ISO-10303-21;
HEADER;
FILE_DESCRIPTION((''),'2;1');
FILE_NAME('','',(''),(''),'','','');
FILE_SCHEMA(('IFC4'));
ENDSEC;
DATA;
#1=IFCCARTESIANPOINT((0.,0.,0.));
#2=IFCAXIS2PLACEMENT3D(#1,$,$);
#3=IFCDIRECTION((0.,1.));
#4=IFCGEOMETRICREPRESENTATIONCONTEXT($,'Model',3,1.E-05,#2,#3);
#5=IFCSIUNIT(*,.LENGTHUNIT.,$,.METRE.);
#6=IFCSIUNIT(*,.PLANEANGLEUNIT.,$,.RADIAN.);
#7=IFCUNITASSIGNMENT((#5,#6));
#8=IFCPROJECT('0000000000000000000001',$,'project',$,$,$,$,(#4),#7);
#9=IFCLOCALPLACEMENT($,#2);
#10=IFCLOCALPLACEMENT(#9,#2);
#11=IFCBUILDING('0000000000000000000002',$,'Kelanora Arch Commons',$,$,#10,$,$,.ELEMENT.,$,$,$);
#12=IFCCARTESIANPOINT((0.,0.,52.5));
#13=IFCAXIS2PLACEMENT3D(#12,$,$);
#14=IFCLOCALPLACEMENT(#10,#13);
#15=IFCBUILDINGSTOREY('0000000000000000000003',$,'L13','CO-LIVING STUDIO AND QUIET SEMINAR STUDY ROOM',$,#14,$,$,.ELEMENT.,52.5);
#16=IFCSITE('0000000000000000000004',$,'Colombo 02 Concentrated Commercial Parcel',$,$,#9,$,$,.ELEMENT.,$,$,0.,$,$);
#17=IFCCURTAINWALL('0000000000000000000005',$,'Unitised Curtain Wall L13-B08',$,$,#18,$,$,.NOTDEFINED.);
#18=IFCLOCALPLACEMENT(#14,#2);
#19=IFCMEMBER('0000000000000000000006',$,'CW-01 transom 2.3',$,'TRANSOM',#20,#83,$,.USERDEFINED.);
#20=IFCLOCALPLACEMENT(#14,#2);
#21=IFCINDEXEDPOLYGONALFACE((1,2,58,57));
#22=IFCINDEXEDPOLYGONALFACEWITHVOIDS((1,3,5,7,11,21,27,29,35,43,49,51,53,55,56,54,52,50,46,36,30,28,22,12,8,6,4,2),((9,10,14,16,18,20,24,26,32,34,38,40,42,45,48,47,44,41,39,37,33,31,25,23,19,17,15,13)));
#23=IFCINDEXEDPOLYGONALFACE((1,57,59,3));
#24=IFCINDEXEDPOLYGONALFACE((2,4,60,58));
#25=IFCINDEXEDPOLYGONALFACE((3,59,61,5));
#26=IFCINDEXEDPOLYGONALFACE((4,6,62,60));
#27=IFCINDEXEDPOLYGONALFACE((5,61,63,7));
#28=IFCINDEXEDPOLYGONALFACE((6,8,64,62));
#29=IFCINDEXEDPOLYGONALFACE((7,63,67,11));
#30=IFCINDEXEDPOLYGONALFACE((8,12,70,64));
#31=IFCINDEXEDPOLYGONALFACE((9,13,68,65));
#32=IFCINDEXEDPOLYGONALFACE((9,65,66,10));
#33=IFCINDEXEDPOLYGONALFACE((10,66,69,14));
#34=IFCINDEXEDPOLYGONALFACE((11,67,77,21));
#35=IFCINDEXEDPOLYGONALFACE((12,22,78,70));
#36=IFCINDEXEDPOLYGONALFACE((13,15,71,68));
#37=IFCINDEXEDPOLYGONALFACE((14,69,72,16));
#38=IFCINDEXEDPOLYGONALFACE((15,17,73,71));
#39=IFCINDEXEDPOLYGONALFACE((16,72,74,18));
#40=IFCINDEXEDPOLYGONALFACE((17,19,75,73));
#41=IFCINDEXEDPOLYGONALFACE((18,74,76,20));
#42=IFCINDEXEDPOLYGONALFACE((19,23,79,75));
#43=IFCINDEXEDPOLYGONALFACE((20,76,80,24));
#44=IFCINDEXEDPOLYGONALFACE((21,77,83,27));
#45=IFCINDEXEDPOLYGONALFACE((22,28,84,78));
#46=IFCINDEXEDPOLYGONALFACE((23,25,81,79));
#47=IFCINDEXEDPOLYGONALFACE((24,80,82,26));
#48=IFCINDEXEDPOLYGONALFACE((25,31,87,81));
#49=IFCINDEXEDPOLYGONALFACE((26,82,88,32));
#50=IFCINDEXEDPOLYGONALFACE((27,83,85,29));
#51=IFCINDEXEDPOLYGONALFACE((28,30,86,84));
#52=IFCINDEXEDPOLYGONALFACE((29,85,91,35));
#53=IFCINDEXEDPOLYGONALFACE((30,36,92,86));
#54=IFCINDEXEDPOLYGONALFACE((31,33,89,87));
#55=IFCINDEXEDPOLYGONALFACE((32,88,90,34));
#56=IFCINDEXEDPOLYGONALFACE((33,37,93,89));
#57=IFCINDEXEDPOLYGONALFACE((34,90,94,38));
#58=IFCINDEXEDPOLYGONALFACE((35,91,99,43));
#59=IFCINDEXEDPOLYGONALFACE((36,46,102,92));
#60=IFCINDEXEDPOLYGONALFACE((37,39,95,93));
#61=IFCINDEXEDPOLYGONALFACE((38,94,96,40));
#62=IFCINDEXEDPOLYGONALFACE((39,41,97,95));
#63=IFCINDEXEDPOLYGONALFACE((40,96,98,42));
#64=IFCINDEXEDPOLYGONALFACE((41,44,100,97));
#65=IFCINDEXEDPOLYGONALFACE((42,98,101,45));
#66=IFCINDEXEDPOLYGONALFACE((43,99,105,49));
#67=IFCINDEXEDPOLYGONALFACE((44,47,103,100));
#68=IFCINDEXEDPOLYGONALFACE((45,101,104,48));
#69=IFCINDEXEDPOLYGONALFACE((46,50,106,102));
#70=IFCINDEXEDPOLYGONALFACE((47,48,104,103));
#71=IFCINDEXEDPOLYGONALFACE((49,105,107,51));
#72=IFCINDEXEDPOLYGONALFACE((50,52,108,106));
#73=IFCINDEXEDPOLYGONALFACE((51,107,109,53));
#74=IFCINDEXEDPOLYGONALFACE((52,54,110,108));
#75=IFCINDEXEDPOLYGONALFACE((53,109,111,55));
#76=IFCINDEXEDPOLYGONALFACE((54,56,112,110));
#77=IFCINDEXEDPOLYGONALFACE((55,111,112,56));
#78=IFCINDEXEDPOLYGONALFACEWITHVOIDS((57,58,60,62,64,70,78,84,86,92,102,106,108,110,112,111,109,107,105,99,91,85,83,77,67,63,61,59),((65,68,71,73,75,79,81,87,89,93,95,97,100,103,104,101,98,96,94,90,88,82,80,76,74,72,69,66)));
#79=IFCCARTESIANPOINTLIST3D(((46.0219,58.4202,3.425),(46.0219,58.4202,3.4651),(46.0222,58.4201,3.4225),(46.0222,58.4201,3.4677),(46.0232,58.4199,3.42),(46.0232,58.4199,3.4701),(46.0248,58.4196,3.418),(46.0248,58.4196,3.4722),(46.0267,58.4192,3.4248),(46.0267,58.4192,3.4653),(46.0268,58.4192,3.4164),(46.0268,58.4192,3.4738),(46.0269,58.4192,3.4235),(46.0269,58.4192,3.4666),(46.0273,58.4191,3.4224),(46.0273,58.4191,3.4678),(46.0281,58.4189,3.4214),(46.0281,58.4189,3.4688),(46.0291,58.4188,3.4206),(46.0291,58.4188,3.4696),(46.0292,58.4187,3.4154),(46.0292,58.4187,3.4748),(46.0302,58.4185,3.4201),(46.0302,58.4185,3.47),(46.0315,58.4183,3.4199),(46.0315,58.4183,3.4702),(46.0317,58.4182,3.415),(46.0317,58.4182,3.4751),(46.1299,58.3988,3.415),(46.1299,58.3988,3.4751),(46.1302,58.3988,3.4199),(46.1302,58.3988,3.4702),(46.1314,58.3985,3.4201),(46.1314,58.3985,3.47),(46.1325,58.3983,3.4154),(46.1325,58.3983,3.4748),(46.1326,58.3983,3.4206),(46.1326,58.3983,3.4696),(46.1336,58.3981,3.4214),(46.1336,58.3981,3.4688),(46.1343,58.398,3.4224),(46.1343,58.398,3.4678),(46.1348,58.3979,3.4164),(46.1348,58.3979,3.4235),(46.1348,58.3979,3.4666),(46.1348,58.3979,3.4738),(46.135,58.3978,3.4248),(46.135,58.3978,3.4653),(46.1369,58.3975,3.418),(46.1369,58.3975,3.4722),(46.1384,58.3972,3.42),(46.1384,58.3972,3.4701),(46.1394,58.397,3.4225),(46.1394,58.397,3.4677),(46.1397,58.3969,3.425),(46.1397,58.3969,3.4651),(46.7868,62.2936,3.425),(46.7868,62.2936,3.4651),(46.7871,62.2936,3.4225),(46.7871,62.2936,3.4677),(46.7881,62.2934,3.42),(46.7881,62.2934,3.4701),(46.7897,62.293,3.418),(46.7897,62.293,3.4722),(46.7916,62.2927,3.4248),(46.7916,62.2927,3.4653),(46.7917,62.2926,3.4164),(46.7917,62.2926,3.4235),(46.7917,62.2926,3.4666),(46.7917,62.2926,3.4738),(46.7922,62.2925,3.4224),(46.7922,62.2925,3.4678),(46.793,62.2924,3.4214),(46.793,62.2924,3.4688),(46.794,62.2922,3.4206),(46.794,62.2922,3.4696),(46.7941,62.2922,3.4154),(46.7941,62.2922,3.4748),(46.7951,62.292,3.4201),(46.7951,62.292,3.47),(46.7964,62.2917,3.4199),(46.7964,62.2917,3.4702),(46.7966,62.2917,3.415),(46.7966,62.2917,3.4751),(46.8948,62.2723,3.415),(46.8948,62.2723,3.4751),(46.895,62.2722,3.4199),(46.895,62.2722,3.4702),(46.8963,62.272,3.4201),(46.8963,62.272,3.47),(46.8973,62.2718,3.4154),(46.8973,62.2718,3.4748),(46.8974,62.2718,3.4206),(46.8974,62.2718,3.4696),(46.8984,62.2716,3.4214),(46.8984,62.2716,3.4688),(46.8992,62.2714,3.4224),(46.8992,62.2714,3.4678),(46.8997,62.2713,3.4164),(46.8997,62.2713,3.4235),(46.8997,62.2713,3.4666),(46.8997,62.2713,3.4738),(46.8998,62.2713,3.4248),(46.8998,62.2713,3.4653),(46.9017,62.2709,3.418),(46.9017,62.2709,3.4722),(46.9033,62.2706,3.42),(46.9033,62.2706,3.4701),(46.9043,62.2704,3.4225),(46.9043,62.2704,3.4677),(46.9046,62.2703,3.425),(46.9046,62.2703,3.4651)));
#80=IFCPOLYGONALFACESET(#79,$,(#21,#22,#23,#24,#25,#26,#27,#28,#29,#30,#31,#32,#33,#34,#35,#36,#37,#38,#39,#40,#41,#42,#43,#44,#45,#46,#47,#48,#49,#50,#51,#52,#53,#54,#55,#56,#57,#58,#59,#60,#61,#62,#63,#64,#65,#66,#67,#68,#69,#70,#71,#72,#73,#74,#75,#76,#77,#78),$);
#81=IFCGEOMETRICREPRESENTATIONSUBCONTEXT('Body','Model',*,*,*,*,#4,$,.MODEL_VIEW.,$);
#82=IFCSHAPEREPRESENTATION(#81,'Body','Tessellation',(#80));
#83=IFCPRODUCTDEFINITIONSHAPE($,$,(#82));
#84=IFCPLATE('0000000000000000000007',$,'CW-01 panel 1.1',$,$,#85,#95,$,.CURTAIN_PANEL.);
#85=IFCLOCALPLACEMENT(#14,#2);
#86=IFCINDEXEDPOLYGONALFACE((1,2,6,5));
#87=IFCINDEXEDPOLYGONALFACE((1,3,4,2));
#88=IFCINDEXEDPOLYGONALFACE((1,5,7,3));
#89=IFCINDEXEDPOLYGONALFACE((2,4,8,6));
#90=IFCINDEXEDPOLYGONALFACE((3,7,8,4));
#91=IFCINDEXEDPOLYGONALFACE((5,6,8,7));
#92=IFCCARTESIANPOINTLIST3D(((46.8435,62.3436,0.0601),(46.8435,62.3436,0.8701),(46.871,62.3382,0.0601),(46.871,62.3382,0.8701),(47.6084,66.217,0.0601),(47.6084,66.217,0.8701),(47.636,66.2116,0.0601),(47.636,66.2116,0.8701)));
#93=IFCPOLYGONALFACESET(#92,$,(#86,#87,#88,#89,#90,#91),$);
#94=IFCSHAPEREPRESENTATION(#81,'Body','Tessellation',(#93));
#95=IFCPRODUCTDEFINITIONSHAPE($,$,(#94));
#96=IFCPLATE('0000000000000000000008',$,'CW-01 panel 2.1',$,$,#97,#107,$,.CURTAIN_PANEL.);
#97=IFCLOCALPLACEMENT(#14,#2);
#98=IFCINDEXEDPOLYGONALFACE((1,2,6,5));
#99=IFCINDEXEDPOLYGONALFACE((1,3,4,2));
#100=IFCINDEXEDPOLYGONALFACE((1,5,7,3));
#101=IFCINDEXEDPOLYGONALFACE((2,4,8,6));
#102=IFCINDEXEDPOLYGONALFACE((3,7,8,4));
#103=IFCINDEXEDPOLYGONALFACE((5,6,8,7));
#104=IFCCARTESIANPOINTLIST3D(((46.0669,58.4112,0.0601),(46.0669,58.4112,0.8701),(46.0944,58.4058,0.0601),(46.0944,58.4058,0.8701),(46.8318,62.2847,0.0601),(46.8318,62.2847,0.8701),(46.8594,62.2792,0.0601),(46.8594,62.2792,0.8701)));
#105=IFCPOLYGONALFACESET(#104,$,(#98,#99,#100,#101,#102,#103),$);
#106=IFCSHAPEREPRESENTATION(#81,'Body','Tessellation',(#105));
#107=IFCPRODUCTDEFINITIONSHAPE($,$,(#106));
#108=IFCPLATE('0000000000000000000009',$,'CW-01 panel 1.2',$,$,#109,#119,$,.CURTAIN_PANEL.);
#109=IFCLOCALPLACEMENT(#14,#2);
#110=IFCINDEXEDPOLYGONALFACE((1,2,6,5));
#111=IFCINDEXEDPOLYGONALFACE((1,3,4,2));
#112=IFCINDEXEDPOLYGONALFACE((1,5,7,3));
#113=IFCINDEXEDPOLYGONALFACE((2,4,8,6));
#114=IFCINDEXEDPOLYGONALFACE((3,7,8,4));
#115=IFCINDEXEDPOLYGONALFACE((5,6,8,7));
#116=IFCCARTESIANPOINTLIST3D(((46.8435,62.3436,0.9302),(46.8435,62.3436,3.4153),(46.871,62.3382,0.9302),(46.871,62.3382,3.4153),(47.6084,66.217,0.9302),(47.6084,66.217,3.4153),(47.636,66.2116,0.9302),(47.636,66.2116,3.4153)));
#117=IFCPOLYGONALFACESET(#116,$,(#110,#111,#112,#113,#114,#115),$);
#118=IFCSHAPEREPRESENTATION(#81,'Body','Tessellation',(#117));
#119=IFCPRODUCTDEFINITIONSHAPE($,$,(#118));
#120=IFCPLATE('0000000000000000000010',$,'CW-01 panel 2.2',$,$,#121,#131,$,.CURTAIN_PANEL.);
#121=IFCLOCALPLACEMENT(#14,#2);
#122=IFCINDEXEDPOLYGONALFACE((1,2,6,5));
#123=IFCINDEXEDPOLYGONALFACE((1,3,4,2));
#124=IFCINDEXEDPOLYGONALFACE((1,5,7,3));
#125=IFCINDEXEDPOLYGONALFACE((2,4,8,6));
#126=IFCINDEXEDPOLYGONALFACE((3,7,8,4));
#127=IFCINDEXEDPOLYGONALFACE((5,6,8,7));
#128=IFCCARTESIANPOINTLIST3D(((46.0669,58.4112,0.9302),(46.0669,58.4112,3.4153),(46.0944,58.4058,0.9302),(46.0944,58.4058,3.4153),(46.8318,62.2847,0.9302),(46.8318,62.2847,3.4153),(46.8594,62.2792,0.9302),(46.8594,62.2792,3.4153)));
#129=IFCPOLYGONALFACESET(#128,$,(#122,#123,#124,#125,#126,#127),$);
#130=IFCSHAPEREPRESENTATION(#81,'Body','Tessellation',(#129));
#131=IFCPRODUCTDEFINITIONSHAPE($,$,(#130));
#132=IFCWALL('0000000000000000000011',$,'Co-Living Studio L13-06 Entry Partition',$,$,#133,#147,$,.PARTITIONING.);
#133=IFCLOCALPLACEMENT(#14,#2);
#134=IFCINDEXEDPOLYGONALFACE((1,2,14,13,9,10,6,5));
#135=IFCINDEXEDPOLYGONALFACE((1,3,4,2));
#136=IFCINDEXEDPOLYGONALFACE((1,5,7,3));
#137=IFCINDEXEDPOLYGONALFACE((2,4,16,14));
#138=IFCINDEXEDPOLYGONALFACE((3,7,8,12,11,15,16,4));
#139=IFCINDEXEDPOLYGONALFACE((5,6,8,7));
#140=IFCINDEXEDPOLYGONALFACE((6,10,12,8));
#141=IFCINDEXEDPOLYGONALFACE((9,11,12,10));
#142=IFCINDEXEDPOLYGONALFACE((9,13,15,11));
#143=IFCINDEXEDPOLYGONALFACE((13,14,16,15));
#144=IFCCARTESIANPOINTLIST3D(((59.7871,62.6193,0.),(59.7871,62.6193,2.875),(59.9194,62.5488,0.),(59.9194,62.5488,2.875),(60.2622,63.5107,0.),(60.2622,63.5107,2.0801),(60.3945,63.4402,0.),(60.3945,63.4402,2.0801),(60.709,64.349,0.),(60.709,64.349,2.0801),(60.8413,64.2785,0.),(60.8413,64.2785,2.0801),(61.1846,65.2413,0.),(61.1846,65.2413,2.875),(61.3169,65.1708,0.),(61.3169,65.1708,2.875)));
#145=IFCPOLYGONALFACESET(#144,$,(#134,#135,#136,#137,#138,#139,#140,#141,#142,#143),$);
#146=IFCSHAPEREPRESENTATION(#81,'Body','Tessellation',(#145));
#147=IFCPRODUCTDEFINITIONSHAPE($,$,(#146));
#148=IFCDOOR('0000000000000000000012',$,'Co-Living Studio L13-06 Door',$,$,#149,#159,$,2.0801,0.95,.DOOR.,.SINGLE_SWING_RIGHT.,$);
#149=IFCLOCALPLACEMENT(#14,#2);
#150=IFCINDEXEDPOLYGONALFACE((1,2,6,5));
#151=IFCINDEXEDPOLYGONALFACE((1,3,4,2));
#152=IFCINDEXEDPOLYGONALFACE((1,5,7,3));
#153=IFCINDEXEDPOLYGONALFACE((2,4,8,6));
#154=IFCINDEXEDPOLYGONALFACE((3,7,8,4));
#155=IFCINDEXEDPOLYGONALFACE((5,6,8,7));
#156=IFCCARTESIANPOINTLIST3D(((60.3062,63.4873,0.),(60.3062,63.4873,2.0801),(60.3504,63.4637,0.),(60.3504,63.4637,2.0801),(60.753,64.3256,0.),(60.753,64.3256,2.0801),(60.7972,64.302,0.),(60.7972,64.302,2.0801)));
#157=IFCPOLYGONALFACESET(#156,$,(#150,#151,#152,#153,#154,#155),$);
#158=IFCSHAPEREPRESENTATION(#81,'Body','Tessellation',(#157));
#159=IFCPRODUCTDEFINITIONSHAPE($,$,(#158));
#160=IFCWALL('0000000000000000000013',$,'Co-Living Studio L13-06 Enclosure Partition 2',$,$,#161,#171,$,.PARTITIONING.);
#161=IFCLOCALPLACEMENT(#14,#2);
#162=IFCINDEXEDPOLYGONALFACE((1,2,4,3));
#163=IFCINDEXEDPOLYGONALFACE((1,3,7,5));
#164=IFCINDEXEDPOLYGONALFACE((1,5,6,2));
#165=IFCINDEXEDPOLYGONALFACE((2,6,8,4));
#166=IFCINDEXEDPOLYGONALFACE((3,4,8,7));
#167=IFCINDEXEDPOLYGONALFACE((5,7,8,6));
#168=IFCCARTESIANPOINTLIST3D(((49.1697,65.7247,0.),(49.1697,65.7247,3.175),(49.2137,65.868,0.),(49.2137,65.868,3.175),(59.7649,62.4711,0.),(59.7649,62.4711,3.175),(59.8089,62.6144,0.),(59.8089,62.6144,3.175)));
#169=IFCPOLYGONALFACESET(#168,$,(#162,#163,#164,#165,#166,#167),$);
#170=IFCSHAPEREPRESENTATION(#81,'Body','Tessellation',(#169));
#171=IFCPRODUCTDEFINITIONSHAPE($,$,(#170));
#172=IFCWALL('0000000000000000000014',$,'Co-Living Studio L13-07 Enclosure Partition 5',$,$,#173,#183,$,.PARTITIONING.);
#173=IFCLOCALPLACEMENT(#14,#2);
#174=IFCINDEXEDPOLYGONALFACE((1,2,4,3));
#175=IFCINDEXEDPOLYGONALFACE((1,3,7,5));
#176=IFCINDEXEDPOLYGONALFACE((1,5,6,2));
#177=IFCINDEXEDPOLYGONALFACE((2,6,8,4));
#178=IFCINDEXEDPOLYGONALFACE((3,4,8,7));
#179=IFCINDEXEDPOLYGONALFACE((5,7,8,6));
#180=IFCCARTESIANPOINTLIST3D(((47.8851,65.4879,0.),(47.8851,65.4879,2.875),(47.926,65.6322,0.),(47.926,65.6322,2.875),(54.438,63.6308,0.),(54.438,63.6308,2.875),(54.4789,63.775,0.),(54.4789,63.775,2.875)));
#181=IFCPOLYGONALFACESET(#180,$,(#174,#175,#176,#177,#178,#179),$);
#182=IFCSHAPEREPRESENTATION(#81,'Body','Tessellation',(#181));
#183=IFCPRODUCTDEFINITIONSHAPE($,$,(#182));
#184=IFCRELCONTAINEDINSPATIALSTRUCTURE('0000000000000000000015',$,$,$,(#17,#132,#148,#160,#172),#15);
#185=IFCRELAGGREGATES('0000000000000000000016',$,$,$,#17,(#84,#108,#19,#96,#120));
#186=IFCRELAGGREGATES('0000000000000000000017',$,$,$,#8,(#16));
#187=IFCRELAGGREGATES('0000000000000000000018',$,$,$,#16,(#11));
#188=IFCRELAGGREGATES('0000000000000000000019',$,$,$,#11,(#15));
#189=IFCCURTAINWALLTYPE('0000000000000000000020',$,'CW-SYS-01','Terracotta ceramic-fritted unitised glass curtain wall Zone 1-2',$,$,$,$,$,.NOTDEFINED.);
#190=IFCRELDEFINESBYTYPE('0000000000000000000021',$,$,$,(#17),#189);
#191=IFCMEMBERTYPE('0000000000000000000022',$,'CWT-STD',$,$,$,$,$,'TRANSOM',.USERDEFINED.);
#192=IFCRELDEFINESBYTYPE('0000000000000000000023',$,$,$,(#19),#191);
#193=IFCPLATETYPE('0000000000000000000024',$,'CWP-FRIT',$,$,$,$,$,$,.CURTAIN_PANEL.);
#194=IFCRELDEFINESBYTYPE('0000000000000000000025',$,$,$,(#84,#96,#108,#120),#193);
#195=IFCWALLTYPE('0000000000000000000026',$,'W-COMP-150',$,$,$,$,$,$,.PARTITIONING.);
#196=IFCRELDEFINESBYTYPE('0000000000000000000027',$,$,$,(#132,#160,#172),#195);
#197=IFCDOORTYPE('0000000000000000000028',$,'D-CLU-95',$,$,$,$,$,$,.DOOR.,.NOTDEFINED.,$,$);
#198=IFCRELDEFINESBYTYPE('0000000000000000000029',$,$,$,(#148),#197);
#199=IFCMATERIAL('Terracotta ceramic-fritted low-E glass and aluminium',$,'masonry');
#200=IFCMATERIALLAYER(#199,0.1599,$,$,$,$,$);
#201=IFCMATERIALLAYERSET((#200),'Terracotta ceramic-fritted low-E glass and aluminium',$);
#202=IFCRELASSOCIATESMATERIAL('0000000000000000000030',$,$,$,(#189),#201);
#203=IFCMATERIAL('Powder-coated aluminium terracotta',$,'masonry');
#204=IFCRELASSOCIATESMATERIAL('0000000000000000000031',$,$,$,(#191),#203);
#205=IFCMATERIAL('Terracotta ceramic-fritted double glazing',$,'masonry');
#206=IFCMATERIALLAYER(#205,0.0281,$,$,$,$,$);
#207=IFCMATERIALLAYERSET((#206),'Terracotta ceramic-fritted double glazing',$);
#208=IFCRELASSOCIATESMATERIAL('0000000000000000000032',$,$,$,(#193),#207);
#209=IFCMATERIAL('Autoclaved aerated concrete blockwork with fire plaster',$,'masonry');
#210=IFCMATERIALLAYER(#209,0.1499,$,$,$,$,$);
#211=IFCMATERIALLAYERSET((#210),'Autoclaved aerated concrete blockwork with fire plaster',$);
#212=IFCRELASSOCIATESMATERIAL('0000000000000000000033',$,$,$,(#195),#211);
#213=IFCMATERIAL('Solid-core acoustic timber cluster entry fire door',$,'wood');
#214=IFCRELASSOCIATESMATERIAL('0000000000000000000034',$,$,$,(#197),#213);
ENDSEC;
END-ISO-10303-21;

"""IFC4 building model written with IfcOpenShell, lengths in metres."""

from ifc_helpers import new_model, si_unit, direction, frame, frame_2d, origin, origin_2d, place, context, subcontext, project, spatial, rectangle, hollow_rectangle, extrude, source, transform, mapped, material, layer, layer_set, material_profile, profile_set, type_object, element, fill, aggregate, save


model = new_model("IFC4")

# Units and contexts
model_context = context("Model", 3, precision=1e-05, world=origin(), true_north=direction((0.0, 1.0)))
body_context = subcontext(model_context, "Body", "Model", "MODEL_VIEW")
ifc_project = project(units=[si_unit("LENGTHUNIT", "METRE"), si_unit("PLANEANGLEUNIT", "RADIAN")], contexts=[model_context])

# Site, building, storey
site_placement = place(None, origin())
site = spatial("IfcSite", under=ifc_project, at=site_placement, Name="Colombo 02 Concentrated Commercial Parcel", CompositionType="ELEMENT", RefElevation=0.0)
building_placement = place(site_placement, origin())
building = spatial("IfcBuilding", under=site, at=building_placement, Name="Kelanora Arch Commons", CompositionType="ELEMENT")
storey_placement = place(building_placement, frame((0.0, 0.0, 52.5)))
storey = spatial("IfcBuildingStorey", under=building, at=storey_placement, Name="L13", Description="CO-LIVING STUDIO AND QUIET SEMINAR STUDY ROOM", CompositionType="ELEMENT", Elevation=52.5)

# Curtain wall, member, plates
ifc_material_1 = material(Name="Terracotta ceramic-fritted low-E glass and aluminium", Category="masonry")
ifc_layer_1 = layer(ifc_material_1, 0.1599)
ifc_layer_set_1 = layer_set([ifc_layer_1], Name="Terracotta ceramic-fritted low-E glass and aluminium")
curtain_wall_type = type_object("IfcCurtainWallType", Name="CW-SYS-01", Description="Terracotta ceramic-fritted unitised glass curtain wall Zone 1-2", PredefinedType="NOTDEFINED", material=ifc_layer_set_1)
curtain_wall_placement = place(storey_placement, origin())
curtain_wall = element("IfcCurtainWall", 1, at=curtain_wall_placement, inside=storey, type_object=curtain_wall_type, Name="Unitised Curtain Wall L13-B08", PredefinedType="NOTDEFINED")
ifc_material_2 = material(Name="Powder-coated aluminium terracotta", Category="masonry")
ifc_material_profile_1 = material_profile(ifc_material_2, hollow_rectangle(XDim=0.1201, YDim=0.0601, WallThickness=0.0049, InnerFilletRadius=0.0049, OuterFilletRadius=0.01, at=origin_2d()), Name="CWT120x60")
ifc_profile_set_1 = profile_set([ifc_material_profile_1], Name="Powder-coated aluminium terracotta")
member_type_1 = type_object("IfcMemberType", Name="CWT-STD", ElementType="TRANSOM", PredefinedType="USERDEFINED", material=ifc_profile_set_1)
member_1_placement = place(storey_placement, frame((46.8457, 62.282, 3.4451), z_axis=(-0.193725, -0.981056, 0.0), x_axis=(0.981056, -0.193725, 0.0)))
member_1 = element("IfcMember", 2, at=member_1_placement, type_object=member_type_1, Name="CW-01 transom 2.3", ObjectType="TRANSOM", PredefinedType="USERDEFINED", context=body_context, shape_type="SweptSolid", body=[
    extrude(hollow_rectangle(XDim=0.1201, YDim=0.0601, WallThickness=0.0049, InnerFilletRadius=0.0049, OuterFilletRadius=0.01, at=origin_2d()), origin(), (0.0, 0.0, 1.0), 3.9482),
])
ifc_material_3 = material(Name="Terracotta ceramic-fritted double glazing", Category="masonry")
ifc_layer_2 = layer(ifc_material_3, 0.0281)
ifc_layer_set_2 = layer_set([ifc_layer_2], Name="Terracotta ceramic-fritted double glazing")
plate_type = type_object("IfcPlateType", Name="CWP-FRIT", PredefinedType="CURTAIN_PANEL", material=ifc_layer_set_2)
shared_shape_1 = source(origin(), body_context, "Body", "SweptSolid", [
    extrude(rectangle(XDim=3.9482, YDim=0.0281, at=origin_2d()), origin(), (0.0, 0.0, 1.0), 0.8101),
])
plate_1_placement = place(storey_placement, frame((47.2397, 64.2776, 0.0601), z_axis=(0.0, 0.0, 1.0), x_axis=(-0.193744, -0.981052, 0.0)))
plate_1 = element("IfcPlate", 3, at=plate_1_placement, type_object=plate_type, Name="CW-01 panel 1.1", PredefinedType="CURTAIN_PANEL", context=body_context, shape_type="MappedRepresentation", body=[
    mapped(shared_shape_1, transform((0.0, 0.0, 0.0), scale=1.0)),
])
plate_2_placement = place(storey_placement, frame((46.4631, 60.3452, 0.0601), z_axis=(0.0, 0.0, 1.0), x_axis=(-0.193744, -0.981052, 0.0)))
plate_2 = element("IfcPlate", 4, at=plate_2_placement, type_object=plate_type, Name="CW-01 panel 2.1", PredefinedType="CURTAIN_PANEL", context=body_context, shape_type="MappedRepresentation", body=[
    mapped(shared_shape_1, transform((0.0, 0.0, 0.0), scale=1.0)),
])
shared_shape_2 = source(origin(), body_context, "Body", "SweptSolid", [
    extrude(rectangle(XDim=3.9482, YDim=0.0281, at=origin_2d()), origin(), (0.0, 0.0, 1.0), 2.4851),
])
plate_3_placement = place(storey_placement, frame((47.2397, 64.2776, 0.9302), z_axis=(0.0, 0.0, 1.0), x_axis=(-0.193744, -0.981052, 0.0)))
plate_3 = element("IfcPlate", 5, at=plate_3_placement, type_object=plate_type, Name="CW-01 panel 1.2", PredefinedType="CURTAIN_PANEL", context=body_context, shape_type="MappedRepresentation", body=[
    mapped(shared_shape_2, transform((0.0, 0.0, 0.0), scale=1.0)),
])
plate_4_placement = place(storey_placement, frame((46.4631, 60.3452, 0.9302), z_axis=(0.0, 0.0, 1.0), x_axis=(-0.193744, -0.981052, 0.0)))
plate_4 = element("IfcPlate", 6, at=plate_4_placement, type_object=plate_type, Name="CW-01 panel 2.2", PredefinedType="CURTAIN_PANEL", context=body_context, shape_type="MappedRepresentation", body=[
    mapped(shared_shape_2, transform((0.0, 0.0, 0.0), scale=1.0)),
])
aggregate(curtain_wall, [plate_1, plate_3, member_1, plate_2, plate_4])

# Wall, opening, door
ifc_material_4 = material(Name="Autoclaved aerated concrete blockwork with fire plaster", Category="masonry")
ifc_layer_3 = layer(ifc_material_4, 0.1499)
ifc_layer_set_3 = layer_set([ifc_layer_3], Name="Autoclaved aerated concrete blockwork with fire plaster")
wall_type_1 = type_object("IfcWallType", Name="W-COMP-150", PredefinedType="PARTITIONING", material=ifc_layer_set_3)
wall_1_placement = place(storey_placement, frame((61.2507, 65.2061, 0.0), z_axis=(0.0, 0.0, 1.0), x_axis=(-0.470332, -0.882489, 0.0)))
wall_1 = element("IfcWall", 7, at=wall_1_placement, inside=storey, type_object=wall_type_1, Name="Co-Living Studio L13-06 Entry Partition", PredefinedType="PARTITIONING", context=body_context, shape_type="SweptSolid", body=[
    extrude(rectangle(XDim=2.9712, YDim=0.1499, at=frame_2d((1.4856, 0.0))), origin(), (0.0, 0.0, 1.0), 2.875),
])
opening_1_placement = place(wall_1_placement, frame((1.011, 0.0, 0.0)))
opening_1 = element("IfcOpeningElement", 8, at=opening_1_placement, cuts=wall_1, PredefinedType="OPENING", context=body_context, shape_type="SweptSolid", body=[
    extrude(rectangle(XDim=0.95, YDim=2.0801, at=frame_2d((0.4751, 1.04))), frame((0.0, 0.085, 0.0), z_axis=(0.0, -1.0, 0.0), x_axis=(1.0, 0.0, 0.0)), (0.0, 0.0, 1.0), 0.1699),
])
ifc_material_5 = material(Name="Solid-core acoustic timber cluster entry fire door", Category="wood")
door_type_1 = type_object("IfcDoorType", Name="D-CLU-95", OperationType="NOTDEFINED", PredefinedType="DOOR", material=ifc_material_5)
door_1_placement = place(opening_1_placement, origin())
door_1 = element("IfcDoor", 9, at=door_1_placement, inside=storey, type_object=door_type_1, Name="Co-Living Studio L13-06 Door", OperationType="SINGLE_SWING_RIGHT", OverallHeight=2.0801, OverallWidth=0.95, PredefinedType="DOOR", context=body_context, shape_type="SweptSolid", body=[
    extrude(rectangle(XDim=0.95, YDim=2.0801, at=frame_2d((0.4751, 1.04))), frame((0.0, 0.0249, 0.0), z_axis=(0.0, -1.0, 0.0), x_axis=(1.0, 0.0, 0.0)), (0.0, 0.0, 1.0), 0.05),
])
fill(opening_1, door_1)

# Walls
wall_2_placement = place(storey_placement, frame((59.7869, 62.5427, 0.0), z_axis=(0.0, 0.0, 1.0), x_axis=(-0.955941, 0.293558, 0.0)))
element("IfcWall", 10, at=wall_2_placement, inside=storey, type_object=wall_type_1, Name="Co-Living Studio L13-06 Enclosure Partition 2", PredefinedType="PARTITIONING", context=body_context, shape_type="SweptSolid", body=[
    extrude(rectangle(XDim=11.0835, YDim=0.1499, at=frame_2d((5.5417, 0.0))), origin(), (0.0, 0.0, 1.0), 3.175),
])
wall_3_placement = place(storey_placement, frame((47.9055, 65.5601, 0.0), z_axis=(0.0, 0.0, 1.0), x_axis=(0.962107, -0.272671, 0.0)))
element("IfcWall", 11, at=wall_3_placement, inside=storey, type_object=wall_type_1, Name="Co-Living Studio L13-07 Enclosure Partition 5", PredefinedType="PARTITIONING", context=body_context, shape_type="SweptSolid", body=[
    extrude(rectangle(XDim=6.811, YDim=0.1499, at=frame_2d((3.4055, 0.0))), origin(), (0.0, 0.0, 1.0), 2.875),
])

save(model, "model.ifc")
